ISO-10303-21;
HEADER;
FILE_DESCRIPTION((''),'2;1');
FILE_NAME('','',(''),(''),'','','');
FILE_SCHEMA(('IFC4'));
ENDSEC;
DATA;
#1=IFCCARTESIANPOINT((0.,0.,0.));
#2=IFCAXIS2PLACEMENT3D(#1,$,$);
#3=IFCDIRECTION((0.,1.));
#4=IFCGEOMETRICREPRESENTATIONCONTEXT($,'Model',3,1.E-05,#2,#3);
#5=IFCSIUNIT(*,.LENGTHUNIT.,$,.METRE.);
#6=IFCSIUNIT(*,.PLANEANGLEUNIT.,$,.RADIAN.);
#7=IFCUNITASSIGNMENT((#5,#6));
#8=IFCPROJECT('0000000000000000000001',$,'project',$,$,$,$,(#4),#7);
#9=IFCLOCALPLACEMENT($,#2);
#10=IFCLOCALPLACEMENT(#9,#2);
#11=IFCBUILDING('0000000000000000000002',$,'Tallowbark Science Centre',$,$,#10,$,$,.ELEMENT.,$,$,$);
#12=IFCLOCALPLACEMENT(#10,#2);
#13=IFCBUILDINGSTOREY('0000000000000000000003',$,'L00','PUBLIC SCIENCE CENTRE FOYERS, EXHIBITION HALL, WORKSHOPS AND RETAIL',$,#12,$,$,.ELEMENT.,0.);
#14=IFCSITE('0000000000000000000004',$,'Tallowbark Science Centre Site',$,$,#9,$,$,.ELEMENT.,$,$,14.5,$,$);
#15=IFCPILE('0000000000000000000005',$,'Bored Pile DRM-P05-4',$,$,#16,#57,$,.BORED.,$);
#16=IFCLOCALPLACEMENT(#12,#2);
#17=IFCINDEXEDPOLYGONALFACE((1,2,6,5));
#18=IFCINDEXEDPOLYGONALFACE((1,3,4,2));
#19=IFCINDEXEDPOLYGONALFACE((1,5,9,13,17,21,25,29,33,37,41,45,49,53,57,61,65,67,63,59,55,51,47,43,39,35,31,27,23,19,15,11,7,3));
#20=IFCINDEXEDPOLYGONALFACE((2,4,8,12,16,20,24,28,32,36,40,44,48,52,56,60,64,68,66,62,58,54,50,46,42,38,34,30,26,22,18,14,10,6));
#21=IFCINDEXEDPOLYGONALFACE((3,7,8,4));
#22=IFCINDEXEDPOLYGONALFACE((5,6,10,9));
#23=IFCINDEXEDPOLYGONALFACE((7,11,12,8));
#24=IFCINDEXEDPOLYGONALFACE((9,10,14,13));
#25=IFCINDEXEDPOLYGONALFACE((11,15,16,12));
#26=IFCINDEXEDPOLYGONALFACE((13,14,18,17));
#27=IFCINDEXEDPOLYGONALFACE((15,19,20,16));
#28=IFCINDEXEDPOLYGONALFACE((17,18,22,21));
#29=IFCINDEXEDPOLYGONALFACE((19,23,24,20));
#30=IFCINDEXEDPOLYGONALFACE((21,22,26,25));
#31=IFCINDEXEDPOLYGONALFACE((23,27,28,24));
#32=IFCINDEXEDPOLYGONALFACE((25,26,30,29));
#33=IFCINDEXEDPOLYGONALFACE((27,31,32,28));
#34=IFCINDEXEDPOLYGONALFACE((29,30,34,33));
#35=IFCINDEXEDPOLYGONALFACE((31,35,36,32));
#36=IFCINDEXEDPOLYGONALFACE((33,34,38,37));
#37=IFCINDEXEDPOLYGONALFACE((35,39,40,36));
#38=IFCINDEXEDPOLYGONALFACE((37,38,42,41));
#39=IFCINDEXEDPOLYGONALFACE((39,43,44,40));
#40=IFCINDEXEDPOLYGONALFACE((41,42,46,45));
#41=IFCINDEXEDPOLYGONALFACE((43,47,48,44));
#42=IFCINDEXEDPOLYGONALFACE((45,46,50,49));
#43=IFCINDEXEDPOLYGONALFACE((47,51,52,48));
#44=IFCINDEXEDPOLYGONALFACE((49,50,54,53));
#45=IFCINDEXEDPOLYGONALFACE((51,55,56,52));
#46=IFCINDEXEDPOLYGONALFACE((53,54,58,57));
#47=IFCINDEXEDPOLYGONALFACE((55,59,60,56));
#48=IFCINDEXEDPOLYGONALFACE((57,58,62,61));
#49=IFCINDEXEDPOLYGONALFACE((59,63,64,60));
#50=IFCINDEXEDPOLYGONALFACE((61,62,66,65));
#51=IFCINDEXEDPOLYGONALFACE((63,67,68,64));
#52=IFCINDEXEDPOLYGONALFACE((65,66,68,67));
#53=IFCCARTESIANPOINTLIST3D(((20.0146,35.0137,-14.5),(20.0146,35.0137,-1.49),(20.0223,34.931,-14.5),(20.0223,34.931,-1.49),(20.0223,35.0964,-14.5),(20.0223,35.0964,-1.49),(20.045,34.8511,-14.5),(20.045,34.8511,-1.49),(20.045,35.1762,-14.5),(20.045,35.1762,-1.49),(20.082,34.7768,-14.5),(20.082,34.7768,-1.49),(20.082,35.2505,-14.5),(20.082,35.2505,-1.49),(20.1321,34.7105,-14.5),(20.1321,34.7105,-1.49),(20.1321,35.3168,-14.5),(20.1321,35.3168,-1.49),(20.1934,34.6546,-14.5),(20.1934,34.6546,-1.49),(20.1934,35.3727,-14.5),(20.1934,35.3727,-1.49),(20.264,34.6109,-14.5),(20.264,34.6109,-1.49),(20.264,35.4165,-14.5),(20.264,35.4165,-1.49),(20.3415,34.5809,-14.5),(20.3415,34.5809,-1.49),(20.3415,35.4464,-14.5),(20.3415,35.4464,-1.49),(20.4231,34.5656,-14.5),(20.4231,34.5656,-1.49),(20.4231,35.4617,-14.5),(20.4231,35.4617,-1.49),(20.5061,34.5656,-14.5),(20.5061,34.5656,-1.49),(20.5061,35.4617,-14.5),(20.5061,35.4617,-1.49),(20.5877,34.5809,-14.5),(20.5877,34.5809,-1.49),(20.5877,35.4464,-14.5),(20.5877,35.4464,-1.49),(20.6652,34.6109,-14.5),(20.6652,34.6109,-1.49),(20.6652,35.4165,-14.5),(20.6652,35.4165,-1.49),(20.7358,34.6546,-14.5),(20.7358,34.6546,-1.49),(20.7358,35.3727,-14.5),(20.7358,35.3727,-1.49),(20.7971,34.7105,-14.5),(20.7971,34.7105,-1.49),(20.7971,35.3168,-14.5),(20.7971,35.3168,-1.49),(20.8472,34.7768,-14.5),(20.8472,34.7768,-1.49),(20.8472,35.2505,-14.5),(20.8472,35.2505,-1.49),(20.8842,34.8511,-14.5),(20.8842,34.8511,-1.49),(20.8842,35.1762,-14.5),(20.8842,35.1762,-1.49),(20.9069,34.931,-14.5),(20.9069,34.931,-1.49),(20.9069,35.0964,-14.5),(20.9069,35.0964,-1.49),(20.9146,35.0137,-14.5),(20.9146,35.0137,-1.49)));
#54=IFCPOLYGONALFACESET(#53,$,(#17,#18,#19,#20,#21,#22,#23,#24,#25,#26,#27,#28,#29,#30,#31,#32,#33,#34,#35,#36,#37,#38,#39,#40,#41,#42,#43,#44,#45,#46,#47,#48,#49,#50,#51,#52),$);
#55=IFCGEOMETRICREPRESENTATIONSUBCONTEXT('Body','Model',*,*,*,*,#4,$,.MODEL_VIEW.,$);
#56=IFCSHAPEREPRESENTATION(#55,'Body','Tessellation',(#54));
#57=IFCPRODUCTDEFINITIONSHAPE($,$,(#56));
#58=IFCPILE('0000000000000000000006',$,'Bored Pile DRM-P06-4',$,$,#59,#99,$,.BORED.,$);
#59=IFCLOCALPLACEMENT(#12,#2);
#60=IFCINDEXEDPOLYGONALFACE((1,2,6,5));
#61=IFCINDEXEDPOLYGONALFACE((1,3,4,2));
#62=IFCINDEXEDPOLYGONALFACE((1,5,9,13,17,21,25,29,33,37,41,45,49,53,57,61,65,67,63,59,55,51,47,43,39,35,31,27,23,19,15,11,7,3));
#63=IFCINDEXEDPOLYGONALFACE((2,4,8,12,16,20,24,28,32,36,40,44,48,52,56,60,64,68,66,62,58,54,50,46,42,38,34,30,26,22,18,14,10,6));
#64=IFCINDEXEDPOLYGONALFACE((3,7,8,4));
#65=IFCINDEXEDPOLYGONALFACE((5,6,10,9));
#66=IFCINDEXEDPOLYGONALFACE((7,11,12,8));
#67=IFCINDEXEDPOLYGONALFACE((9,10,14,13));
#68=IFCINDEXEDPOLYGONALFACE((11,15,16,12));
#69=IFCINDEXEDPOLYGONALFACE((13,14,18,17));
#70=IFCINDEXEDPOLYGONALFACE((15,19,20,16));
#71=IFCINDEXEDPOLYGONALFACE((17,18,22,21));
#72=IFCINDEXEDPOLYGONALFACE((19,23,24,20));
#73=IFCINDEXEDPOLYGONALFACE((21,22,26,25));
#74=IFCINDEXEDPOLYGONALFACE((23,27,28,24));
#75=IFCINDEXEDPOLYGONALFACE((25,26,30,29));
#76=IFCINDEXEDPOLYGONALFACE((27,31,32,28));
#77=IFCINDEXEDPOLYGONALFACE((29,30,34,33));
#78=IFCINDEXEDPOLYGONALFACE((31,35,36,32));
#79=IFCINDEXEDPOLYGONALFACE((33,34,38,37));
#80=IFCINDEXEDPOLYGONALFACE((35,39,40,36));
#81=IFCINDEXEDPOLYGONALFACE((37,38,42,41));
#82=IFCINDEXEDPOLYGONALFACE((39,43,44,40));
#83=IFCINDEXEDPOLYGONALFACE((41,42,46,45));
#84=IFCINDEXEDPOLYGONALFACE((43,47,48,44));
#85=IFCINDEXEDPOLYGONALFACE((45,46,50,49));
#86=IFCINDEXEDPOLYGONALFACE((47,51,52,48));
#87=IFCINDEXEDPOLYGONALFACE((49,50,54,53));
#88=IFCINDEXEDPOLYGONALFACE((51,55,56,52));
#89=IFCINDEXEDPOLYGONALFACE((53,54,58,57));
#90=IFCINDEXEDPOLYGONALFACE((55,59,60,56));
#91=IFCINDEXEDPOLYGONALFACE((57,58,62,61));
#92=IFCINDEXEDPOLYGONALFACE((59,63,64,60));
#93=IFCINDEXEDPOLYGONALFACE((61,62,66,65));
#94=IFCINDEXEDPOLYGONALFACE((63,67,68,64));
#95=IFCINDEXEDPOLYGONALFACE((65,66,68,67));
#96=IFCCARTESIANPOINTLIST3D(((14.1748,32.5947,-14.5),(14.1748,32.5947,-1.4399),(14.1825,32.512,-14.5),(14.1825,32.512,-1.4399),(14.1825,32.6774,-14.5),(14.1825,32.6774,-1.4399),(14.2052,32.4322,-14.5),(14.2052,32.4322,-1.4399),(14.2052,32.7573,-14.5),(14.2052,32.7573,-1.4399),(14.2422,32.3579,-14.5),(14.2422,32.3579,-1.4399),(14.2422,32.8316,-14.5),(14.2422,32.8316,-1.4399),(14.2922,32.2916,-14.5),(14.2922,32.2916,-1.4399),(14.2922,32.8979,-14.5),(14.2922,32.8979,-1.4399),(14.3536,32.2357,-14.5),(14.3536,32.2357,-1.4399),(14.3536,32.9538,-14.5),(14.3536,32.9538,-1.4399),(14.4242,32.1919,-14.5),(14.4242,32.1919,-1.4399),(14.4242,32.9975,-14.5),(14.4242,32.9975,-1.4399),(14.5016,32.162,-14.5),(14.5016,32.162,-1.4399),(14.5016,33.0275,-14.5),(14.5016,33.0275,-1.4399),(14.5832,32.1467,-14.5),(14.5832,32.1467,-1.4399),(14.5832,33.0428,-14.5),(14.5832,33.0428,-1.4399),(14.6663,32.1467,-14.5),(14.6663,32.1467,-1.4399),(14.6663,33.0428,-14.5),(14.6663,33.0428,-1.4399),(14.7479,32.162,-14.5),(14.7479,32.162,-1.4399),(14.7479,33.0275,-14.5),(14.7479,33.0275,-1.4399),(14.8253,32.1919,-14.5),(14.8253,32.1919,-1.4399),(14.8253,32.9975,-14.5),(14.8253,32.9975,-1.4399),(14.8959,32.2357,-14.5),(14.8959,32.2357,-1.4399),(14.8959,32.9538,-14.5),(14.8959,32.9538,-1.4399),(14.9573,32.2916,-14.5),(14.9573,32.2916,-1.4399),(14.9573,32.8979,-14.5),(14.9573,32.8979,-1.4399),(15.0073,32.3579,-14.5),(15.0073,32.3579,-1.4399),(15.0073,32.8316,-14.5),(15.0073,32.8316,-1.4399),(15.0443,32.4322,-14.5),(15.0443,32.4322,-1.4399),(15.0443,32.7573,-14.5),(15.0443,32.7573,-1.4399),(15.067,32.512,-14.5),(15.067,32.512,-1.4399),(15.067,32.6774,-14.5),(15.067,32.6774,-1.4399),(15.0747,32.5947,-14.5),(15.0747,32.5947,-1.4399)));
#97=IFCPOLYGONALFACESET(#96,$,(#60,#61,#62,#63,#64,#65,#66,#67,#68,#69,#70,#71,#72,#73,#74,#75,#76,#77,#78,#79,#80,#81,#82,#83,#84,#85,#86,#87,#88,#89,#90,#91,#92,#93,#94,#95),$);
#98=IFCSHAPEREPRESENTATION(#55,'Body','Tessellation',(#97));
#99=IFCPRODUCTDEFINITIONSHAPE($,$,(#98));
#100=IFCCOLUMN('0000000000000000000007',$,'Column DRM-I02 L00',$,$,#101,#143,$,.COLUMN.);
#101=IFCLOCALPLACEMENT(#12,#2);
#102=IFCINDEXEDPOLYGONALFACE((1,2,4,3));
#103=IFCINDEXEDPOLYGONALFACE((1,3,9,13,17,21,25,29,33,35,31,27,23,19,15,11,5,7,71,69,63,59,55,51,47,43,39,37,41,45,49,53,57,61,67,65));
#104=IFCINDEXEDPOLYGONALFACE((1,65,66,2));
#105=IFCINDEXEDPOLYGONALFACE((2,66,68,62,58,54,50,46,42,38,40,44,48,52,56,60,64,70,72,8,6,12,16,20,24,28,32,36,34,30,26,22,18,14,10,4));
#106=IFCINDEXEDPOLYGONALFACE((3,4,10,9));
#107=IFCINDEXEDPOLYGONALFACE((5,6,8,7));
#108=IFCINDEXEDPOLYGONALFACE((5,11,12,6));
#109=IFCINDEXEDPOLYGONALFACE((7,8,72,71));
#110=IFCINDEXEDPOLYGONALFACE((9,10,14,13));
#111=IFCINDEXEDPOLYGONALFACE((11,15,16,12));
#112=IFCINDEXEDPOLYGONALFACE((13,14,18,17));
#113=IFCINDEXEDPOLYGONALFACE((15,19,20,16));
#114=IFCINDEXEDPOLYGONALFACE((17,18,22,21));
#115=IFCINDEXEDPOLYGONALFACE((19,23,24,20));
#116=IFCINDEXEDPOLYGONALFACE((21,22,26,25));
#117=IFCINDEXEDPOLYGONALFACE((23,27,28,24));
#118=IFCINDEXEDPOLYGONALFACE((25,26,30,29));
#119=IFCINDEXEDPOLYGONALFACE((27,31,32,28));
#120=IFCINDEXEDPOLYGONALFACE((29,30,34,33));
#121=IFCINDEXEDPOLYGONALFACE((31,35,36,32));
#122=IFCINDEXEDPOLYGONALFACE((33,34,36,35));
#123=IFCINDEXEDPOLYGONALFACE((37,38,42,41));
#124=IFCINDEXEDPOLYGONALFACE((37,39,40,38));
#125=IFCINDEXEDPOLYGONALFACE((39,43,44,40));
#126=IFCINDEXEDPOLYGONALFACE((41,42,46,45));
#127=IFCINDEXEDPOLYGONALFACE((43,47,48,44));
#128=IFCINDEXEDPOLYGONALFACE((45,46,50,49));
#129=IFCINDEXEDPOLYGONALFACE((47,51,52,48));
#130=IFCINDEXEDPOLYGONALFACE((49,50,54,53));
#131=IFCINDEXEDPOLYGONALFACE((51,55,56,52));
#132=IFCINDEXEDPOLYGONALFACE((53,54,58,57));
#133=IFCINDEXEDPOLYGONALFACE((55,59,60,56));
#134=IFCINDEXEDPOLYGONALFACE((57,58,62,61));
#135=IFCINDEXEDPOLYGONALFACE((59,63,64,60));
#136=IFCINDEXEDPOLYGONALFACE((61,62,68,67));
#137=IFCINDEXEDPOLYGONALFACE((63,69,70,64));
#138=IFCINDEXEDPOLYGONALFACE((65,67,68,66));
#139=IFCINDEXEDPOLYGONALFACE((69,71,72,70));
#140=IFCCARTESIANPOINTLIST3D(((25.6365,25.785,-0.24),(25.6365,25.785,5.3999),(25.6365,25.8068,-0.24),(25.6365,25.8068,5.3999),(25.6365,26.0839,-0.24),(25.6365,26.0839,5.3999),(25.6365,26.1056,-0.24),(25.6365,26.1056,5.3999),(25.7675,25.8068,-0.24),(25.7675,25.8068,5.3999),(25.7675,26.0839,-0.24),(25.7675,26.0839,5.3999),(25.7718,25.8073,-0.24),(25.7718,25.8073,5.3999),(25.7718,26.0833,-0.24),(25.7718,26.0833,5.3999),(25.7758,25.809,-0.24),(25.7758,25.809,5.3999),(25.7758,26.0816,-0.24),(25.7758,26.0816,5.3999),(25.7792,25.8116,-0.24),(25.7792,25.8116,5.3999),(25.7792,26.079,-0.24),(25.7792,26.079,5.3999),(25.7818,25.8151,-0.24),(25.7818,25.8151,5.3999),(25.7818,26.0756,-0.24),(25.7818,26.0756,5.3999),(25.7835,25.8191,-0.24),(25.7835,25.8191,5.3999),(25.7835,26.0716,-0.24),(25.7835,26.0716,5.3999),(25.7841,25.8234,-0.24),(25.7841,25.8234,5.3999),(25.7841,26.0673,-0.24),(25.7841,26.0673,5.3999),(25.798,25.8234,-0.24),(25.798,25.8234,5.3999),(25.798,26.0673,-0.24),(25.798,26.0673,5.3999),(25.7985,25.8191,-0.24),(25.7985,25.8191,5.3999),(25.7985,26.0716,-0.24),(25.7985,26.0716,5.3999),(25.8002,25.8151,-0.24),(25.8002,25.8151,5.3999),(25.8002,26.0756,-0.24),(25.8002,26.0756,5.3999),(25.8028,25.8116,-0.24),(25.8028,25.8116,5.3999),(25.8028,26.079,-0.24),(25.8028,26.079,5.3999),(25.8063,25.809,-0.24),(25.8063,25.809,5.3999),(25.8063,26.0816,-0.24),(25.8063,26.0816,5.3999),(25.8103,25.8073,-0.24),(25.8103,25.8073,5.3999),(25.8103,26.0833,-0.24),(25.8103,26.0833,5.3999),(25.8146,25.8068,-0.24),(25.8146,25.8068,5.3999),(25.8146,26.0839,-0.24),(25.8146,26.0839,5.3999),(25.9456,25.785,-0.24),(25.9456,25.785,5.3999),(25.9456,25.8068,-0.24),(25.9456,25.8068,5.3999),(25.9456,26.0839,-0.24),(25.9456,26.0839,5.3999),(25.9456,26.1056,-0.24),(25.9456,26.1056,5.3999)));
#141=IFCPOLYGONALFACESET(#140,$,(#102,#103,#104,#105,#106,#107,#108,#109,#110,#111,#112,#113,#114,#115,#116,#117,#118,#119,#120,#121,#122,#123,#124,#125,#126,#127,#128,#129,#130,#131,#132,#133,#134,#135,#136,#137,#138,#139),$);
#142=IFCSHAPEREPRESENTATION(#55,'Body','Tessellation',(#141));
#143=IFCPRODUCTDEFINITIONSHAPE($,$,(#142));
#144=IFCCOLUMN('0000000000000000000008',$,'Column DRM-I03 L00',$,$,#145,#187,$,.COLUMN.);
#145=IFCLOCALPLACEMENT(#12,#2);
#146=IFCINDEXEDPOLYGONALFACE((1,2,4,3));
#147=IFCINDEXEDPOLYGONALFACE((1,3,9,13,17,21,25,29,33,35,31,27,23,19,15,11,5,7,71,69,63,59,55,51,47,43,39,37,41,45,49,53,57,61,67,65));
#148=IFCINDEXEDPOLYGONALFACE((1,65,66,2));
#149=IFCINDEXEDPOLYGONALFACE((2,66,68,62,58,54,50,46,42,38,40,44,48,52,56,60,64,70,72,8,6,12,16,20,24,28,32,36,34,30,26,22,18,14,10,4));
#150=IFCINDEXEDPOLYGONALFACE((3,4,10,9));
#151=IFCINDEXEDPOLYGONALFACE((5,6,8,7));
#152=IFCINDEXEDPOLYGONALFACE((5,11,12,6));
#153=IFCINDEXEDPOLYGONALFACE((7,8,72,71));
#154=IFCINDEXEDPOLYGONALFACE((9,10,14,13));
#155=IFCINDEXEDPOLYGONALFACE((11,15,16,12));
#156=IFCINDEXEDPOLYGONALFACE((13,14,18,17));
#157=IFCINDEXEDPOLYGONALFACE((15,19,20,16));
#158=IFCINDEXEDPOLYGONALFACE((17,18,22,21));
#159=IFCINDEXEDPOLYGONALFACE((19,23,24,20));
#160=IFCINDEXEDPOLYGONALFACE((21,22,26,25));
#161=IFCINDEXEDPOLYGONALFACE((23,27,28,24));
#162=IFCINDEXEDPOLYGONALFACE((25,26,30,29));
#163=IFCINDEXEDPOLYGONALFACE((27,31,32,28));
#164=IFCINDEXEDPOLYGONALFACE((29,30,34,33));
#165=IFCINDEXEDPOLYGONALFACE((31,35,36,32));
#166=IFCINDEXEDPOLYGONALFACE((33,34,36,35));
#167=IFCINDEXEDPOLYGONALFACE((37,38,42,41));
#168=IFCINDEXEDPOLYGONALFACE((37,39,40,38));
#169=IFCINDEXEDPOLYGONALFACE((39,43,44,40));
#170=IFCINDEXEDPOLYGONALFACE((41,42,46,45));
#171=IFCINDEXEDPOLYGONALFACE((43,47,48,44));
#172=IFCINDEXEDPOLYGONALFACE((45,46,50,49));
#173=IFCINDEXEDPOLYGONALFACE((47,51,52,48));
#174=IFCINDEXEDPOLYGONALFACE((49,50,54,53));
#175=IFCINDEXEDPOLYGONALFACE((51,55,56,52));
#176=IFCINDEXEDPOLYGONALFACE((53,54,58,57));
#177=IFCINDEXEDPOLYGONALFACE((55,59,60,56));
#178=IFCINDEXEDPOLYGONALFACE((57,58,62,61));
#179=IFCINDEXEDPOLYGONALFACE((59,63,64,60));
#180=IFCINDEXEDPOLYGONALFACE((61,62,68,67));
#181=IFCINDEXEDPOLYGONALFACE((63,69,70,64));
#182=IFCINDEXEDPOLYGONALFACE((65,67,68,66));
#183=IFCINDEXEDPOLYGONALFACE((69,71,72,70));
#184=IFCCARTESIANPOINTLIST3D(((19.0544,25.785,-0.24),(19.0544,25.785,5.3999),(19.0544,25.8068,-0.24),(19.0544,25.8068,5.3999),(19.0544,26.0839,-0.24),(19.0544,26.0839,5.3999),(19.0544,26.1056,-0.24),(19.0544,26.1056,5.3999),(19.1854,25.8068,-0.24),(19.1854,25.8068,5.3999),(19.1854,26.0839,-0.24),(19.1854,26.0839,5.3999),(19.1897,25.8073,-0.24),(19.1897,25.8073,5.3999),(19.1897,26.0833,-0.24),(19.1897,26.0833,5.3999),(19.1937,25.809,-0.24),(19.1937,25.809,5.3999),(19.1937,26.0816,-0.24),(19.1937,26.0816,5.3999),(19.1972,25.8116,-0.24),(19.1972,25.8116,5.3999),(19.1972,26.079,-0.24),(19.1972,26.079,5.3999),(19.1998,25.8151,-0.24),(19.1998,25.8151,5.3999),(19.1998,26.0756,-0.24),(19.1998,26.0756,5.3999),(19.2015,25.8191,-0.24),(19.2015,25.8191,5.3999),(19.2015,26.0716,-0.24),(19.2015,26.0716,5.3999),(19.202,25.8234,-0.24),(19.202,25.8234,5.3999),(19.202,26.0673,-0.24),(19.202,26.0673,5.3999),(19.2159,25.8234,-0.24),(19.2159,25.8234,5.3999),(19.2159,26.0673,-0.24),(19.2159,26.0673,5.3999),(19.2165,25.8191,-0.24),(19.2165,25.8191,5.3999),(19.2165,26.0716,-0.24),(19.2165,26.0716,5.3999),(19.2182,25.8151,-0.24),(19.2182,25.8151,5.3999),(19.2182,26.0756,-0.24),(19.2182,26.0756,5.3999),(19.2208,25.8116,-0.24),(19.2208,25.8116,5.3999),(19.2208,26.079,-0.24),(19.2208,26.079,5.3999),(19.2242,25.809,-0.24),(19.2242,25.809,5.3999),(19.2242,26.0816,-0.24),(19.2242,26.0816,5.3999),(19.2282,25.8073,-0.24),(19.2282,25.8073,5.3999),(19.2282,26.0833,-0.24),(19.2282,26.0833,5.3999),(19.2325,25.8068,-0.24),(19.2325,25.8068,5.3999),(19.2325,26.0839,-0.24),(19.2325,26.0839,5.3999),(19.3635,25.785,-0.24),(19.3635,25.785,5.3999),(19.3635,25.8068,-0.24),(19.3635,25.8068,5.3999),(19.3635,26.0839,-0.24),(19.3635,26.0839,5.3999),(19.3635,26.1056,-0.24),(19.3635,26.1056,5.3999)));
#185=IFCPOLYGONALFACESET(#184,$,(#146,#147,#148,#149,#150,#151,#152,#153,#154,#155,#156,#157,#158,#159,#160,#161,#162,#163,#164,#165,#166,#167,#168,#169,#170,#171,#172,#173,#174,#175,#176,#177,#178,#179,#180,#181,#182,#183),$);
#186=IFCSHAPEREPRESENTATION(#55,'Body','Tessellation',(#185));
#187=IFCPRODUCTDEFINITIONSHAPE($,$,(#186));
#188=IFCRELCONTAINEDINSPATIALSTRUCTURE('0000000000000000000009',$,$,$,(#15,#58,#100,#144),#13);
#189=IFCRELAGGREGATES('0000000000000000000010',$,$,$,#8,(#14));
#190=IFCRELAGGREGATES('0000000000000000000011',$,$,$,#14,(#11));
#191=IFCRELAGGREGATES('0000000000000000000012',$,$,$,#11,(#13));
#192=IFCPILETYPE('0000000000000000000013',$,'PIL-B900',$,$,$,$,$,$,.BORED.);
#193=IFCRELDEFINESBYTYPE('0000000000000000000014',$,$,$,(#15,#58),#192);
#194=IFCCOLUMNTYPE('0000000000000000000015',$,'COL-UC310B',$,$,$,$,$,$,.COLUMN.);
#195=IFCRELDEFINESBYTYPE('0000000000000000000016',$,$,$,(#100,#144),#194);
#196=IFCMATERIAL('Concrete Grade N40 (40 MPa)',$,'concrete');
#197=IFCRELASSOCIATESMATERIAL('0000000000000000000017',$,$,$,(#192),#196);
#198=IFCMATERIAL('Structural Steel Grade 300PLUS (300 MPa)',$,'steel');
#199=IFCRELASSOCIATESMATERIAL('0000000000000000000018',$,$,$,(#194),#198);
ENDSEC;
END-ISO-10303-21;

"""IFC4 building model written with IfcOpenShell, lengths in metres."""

from ifc_helpers import new_model, si_unit, direction, frame, origin, origin_2d, place, context, subcontext, project, spatial, circle, i_section, extrude, material, material_profile, profile_set, type_object, element, save


model = new_model("IFC4")

# Units and contexts
model_context = context("Model", 3, precision=1e-05, world=origin(), true_north=direction((0.0, 1.0)))
body_context = subcontext(model_context, "Body", "Model", "MODEL_VIEW")
ifc_project = project(units=[si_unit("LENGTHUNIT", "METRE"), si_unit("PLANEANGLEUNIT", "RADIAN")], contexts=[model_context])

# Site, building, storey
site_placement = place(None, origin())
site = spatial("IfcSite", under=ifc_project, at=site_placement, Name="Tallowbark Science Centre Site", CompositionType="ELEMENT", RefElevation=14.5)
building_placement = place(site_placement, origin())
building = spatial("IfcBuilding", under=site, at=building_placement, Name="Tallowbark Science Centre", CompositionType="ELEMENT")
storey_placement = place(building_placement, origin())
storey = spatial("IfcBuildingStorey", under=building, at=storey_placement, Name="L00", Description="PUBLIC SCIENCE CENTRE FOYERS, EXHIBITION HALL, WORKSHOPS AND RETAIL", CompositionType="ELEMENT", Elevation=0.0)

# Shared definitions
ifc_material_1 = material(Name="Concrete Grade N40 (40 MPa)", Category="concrete")

# Piles
ifc_material_profile_1 = material_profile(ifc_material_1, circle(Radius=0.45, at=origin_2d()), Name="PILE900")
ifc_profile_set_1 = profile_set([ifc_material_profile_1], Name="Concrete Grade N40 (40 MPa)")
pile_type_1 = type_object("IfcPileType", Name="PIL-B900", PredefinedType="BORED", material=ifc_profile_set_1)
for number, where, z_axis, x_axis, name in (
    (1, (20.4646, 35.0137, -1.49), (0.0, 0.0, -1.0), (1.0, 0.0, 0.0), "Bored Pile DRM-P05-4"),
):
    element("IfcPile", number, at=place(storey_placement, frame(where, z_axis=z_axis, x_axis=x_axis)), inside=storey, type_object=pile_type_1, Name=name, PredefinedType="BORED", context=body_context, shape_type="SweptSolid", body=[
        extrude(circle(Radius=0.45, at=origin_2d()), origin(), (0.0, 0.0, 1.0), 13.01),
    ])
pile_1_placement = place(storey_placement, frame((14.6248, 32.5947, -1.4399), z_axis=(0.0, 0.0, -1.0), x_axis=(1.0, 0.0, 0.0)))
element("IfcPile", 2, at=pile_1_placement, inside=storey, type_object=pile_type_1, Name="Bored Pile DRM-P06-4", PredefinedType="BORED", context=body_context, shape_type="SweptSolid", body=[
    extrude(circle(Radius=0.45, at=origin_2d()), origin(), (0.0, 0.0, 1.0), 13.0601),
])

# Columns
ifc_material_2 = material(Name="Structural Steel Grade 300PLUS (300 MPa)", Category="steel")
ifc_material_profile_2 = material_profile(ifc_material_2, i_section(OverallWidth=0.3091, OverallDepth=0.3206, WebThickness=0.0139, FlangeThickness=0.0217, FilletRadius=0.0166, at=origin_2d()), Name="310UC137")
ifc_profile_set_2 = profile_set([ifc_material_profile_2], Name="Structural Steel Grade 300PLUS (300 MPa)")
column_type_1 = type_object("IfcColumnType", Name="COL-UC310B", PredefinedType="COLUMN", material=ifc_profile_set_2)
for number, where, z_axis, x_axis, name in (
    (3, (25.791, 25.9453, -0.24), (0.0, 0.0, 1.0), (1.0, 0.0, 0.0), "Column DRM-I02 L00"),
    (4, (19.209, 25.9453, -0.24), (0.0, 0.0, 1.0), (1.0, 0.0, 0.0), "Column DRM-I03 L00"),
):
    element("IfcColumn", number, at=place(storey_placement, frame(where, z_axis=z_axis, x_axis=x_axis)), inside=storey, type_object=column_type_1, Name=name, PredefinedType="COLUMN", context=body_context, shape_type="SweptSolid", body=[
        extrude(i_section(OverallWidth=0.3091, OverallDepth=0.3206, WebThickness=0.0139, FlangeThickness=0.0217, FilletRadius=0.0166, at=origin_2d()), origin(), (0.0, 0.0, 1.0), 5.6399),
    ])

save(model, "model.ifc")
